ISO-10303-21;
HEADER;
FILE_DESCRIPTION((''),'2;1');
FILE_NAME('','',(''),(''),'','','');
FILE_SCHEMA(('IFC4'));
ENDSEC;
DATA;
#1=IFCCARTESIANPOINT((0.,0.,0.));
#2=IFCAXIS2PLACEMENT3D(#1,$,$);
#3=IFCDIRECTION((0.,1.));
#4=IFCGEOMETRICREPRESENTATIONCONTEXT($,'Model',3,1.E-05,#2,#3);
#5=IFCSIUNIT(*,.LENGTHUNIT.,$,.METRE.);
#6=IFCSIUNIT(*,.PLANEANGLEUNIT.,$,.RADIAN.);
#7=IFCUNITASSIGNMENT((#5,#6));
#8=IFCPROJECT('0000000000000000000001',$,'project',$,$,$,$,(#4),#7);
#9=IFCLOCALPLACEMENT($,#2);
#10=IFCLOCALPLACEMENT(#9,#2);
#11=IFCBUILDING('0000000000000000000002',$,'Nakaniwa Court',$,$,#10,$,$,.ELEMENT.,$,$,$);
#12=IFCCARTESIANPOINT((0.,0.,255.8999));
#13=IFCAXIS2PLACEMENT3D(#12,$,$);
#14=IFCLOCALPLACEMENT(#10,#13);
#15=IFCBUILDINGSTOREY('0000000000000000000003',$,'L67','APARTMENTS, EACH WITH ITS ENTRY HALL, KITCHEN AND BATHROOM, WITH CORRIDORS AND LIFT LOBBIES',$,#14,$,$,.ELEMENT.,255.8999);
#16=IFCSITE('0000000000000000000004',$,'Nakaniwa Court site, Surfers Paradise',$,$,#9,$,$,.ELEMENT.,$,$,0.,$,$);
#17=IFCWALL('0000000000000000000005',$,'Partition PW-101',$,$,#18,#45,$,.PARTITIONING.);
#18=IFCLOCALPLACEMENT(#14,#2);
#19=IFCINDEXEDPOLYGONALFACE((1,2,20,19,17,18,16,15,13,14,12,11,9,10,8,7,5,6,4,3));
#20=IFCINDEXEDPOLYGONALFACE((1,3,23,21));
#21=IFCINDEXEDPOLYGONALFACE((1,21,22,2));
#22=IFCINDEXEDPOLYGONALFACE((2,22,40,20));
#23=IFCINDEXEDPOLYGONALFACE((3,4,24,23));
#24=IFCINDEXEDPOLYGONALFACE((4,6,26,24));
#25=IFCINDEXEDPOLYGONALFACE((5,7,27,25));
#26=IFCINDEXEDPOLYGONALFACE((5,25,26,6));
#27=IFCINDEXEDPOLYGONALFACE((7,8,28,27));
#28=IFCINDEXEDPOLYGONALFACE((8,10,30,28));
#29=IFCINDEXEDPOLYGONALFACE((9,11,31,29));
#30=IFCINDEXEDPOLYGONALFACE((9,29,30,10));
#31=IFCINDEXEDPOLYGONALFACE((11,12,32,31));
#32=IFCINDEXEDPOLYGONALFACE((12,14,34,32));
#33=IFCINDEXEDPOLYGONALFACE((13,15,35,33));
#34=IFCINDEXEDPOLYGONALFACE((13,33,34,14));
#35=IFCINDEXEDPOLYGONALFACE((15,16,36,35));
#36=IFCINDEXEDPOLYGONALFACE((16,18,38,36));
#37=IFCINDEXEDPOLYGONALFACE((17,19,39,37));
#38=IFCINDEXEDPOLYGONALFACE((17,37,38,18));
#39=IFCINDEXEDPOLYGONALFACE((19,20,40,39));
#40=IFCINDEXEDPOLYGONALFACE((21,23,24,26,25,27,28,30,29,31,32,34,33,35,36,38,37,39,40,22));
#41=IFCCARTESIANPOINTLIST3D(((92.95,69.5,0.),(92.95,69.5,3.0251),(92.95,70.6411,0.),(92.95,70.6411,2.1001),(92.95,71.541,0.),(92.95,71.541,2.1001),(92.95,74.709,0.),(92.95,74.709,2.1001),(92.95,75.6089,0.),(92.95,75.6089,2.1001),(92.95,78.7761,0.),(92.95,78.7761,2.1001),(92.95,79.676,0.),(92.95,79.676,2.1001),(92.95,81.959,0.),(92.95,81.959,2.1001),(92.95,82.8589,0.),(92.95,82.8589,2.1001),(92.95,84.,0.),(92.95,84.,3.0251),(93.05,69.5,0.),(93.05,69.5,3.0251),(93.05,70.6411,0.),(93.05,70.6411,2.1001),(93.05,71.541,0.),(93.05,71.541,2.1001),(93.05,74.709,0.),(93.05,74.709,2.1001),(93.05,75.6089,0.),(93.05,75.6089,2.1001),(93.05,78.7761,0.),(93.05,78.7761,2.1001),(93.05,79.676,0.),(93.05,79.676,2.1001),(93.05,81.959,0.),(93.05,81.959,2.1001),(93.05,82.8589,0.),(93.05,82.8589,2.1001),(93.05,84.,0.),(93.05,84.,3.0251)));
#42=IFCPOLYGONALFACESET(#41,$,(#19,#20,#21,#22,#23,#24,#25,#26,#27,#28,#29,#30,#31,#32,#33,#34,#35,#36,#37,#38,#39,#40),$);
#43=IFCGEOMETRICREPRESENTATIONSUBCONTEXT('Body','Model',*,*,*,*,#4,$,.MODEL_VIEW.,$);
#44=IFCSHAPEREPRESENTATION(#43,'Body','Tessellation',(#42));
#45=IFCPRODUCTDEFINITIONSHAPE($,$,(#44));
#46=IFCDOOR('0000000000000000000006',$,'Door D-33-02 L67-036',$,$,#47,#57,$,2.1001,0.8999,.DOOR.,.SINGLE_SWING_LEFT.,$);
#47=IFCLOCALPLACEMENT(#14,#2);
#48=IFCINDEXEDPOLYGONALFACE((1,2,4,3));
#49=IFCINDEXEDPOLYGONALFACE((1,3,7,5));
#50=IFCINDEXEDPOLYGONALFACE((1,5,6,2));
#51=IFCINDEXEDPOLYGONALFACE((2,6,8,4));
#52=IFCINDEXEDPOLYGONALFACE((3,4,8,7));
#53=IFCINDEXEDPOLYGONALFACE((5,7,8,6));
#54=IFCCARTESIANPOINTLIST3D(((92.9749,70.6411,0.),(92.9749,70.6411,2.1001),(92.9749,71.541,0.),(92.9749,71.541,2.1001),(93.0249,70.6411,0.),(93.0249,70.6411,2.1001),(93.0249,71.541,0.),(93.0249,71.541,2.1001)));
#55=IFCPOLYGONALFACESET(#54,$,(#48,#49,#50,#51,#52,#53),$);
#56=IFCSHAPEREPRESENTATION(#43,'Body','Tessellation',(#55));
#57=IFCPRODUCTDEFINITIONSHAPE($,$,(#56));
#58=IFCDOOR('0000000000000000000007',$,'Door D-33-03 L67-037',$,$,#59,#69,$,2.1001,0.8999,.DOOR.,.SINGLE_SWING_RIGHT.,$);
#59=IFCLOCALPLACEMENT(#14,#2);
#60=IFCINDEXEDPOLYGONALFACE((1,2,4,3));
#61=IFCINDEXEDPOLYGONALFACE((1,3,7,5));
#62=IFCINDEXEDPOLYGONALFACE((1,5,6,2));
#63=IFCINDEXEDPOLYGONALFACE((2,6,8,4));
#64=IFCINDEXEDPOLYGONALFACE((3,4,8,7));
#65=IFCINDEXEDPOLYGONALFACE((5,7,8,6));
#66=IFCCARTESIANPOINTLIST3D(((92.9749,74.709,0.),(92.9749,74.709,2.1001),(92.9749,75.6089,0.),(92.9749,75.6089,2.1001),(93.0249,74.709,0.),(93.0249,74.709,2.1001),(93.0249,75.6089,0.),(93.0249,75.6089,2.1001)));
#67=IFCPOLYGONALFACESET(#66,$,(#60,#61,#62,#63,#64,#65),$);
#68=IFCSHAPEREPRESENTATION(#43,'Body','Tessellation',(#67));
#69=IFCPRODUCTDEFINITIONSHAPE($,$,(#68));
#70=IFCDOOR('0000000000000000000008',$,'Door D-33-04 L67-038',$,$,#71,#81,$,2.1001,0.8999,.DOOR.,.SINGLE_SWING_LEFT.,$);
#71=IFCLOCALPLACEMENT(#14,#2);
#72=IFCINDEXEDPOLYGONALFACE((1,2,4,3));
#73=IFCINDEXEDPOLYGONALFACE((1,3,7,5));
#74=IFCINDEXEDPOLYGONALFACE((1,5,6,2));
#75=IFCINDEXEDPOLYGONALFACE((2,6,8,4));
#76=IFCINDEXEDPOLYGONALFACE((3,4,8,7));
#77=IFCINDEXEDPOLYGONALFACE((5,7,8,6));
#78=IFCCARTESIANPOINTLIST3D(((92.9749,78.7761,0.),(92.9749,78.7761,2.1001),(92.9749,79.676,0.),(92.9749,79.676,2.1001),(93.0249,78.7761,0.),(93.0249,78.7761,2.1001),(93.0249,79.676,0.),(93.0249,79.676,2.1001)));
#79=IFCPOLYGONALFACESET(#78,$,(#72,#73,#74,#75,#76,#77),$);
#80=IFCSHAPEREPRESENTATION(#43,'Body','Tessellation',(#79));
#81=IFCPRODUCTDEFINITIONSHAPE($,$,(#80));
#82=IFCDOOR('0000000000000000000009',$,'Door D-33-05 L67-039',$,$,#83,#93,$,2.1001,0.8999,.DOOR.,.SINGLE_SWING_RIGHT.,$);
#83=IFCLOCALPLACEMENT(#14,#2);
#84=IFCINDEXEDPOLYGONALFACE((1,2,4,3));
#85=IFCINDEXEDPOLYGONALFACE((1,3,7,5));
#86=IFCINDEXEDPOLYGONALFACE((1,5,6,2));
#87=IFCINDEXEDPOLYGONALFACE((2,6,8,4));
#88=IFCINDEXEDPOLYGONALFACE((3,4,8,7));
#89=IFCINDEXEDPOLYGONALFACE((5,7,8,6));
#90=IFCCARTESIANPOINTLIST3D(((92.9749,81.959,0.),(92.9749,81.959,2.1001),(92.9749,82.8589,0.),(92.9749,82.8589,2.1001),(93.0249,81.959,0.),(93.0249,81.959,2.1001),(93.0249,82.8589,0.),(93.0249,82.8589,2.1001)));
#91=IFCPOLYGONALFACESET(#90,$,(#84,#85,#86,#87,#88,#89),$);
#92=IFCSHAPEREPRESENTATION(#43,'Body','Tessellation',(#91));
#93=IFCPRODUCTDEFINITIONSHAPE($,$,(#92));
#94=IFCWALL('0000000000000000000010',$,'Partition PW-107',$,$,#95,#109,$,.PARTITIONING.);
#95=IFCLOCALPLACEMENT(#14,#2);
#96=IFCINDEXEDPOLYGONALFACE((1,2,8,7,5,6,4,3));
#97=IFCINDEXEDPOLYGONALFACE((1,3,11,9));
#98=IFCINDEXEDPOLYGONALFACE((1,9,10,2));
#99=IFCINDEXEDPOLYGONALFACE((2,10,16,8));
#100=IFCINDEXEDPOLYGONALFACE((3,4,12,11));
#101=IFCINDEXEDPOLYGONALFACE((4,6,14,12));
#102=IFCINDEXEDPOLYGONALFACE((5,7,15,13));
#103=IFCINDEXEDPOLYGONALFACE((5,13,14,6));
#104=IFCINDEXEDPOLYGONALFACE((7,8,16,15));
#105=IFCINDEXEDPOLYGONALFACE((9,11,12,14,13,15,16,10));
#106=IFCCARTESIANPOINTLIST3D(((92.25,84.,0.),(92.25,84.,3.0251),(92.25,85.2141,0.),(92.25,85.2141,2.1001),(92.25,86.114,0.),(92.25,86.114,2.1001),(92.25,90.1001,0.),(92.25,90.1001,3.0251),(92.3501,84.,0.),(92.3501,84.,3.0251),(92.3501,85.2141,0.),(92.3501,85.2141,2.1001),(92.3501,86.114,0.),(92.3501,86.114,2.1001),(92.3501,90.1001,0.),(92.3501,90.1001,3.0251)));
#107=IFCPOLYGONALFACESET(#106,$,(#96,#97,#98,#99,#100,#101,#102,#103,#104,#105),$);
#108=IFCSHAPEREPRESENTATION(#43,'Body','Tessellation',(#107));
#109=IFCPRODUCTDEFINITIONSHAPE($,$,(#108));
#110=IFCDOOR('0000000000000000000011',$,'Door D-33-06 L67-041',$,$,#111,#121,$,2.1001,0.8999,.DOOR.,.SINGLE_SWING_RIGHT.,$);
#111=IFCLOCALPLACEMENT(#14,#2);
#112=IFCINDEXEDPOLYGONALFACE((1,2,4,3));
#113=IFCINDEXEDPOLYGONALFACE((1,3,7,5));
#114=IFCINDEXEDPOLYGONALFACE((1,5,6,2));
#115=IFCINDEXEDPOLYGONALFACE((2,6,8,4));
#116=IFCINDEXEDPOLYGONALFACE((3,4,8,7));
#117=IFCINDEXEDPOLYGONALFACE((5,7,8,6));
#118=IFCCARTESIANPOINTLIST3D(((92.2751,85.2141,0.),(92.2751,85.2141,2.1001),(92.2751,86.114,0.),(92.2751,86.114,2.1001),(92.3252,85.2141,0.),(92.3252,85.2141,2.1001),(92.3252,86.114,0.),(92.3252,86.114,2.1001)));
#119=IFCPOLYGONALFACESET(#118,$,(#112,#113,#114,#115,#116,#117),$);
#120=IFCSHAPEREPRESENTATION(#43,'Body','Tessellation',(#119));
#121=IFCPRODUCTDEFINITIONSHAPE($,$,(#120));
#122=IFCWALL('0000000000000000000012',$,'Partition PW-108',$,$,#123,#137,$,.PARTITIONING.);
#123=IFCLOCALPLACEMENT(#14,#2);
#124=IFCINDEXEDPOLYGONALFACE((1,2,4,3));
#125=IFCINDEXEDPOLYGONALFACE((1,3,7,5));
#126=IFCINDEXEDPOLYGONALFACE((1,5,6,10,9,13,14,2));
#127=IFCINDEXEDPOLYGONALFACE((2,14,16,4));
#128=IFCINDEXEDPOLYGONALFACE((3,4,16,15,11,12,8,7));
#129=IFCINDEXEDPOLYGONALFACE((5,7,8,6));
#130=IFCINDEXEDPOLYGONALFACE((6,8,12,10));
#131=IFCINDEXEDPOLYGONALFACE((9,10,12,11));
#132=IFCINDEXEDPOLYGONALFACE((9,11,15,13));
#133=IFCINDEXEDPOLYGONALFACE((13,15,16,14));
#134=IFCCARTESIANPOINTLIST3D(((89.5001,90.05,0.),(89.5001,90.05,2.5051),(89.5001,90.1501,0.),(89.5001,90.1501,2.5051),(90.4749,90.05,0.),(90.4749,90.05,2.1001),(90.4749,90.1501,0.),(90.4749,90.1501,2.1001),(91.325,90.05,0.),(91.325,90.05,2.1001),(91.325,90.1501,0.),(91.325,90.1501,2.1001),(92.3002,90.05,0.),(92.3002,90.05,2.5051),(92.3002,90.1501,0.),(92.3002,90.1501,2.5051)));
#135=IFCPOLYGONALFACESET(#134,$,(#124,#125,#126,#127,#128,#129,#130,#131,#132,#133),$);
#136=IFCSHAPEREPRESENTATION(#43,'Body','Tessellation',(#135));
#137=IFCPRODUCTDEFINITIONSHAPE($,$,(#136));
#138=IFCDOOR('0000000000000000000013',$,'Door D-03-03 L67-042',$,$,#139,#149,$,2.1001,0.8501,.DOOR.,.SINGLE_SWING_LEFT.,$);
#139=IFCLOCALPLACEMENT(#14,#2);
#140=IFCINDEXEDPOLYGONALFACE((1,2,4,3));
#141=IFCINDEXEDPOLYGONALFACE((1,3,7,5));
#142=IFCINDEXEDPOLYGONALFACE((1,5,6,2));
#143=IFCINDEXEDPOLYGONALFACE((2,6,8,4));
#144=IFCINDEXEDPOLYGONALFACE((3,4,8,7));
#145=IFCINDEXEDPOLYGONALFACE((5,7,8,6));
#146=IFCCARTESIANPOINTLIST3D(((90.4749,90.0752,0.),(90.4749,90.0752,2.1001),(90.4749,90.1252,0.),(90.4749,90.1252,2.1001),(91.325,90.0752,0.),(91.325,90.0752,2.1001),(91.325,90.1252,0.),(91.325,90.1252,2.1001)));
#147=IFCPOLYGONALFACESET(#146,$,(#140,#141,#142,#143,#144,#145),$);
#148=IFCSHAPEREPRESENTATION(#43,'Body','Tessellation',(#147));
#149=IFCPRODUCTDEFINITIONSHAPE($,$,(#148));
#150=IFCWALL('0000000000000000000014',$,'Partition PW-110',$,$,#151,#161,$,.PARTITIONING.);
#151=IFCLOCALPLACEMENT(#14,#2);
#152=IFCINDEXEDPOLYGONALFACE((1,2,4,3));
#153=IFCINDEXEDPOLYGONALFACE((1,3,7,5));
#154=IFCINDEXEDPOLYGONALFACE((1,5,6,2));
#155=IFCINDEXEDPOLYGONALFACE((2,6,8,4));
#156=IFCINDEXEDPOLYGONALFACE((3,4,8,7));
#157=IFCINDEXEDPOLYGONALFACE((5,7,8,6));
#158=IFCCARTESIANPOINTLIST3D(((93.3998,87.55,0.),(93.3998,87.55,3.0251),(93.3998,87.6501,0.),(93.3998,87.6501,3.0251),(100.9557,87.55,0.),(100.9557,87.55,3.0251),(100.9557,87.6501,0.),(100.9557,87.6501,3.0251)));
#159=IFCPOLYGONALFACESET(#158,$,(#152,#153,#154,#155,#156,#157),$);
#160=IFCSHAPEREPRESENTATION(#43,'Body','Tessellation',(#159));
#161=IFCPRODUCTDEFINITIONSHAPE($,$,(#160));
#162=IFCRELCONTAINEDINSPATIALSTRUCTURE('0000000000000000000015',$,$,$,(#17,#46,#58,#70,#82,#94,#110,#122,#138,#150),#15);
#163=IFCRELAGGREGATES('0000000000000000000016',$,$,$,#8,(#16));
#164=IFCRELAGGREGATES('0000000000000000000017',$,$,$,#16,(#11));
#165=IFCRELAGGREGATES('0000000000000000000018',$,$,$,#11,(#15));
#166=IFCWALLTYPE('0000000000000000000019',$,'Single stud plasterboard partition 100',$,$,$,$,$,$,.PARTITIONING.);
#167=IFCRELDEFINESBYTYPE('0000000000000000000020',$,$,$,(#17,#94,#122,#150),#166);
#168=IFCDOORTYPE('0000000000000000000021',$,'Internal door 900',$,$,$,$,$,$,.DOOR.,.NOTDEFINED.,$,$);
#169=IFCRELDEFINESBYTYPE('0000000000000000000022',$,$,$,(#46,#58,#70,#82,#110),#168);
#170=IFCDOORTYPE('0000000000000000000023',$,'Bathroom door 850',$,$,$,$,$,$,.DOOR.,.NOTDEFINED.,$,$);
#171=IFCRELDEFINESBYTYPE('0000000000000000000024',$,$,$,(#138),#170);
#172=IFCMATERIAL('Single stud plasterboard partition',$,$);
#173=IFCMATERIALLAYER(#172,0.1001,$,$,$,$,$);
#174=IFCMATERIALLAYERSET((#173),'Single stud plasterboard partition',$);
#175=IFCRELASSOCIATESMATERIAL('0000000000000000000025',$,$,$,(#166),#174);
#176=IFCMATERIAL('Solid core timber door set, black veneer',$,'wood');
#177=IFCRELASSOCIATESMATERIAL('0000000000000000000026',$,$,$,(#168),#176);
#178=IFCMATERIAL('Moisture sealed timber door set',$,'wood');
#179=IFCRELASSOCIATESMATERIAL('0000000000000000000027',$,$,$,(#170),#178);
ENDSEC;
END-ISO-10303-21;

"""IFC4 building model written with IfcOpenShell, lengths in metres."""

from ifc_helpers import new_model, si_unit, direction, frame, frame_2d, origin, place, context, subcontext, project, spatial, rectangle, extrude, material, layer, layer_set, type_object, element, fill, save


model = new_model("IFC4")

# Units and contexts
model_context = context("Model", 3, precision=1e-05, world=origin(), true_north=direction((0.0, 1.0)))
body_context = subcontext(model_context, "Body", "Model", "MODEL_VIEW")
ifc_project = project(units=[si_unit("LENGTHUNIT", "METRE"), si_unit("PLANEANGLEUNIT", "RADIAN")], contexts=[model_context])

# Site, building, storey
site_placement = place(None, origin())
site = spatial("IfcSite", under=ifc_project, at=site_placement, Name="Nakaniwa Court site, Surfers Paradise", CompositionType="ELEMENT", RefElevation=0.0)
building_placement = place(site_placement, origin())
building = spatial("IfcBuilding", under=site, at=building_placement, Name="Nakaniwa Court", CompositionType="ELEMENT")
storey_placement = place(building_placement, frame((0.0, 0.0, 255.8999)))
storey = spatial("IfcBuildingStorey", under=building, at=storey_placement, Name="L67", Description="APARTMENTS, EACH WITH ITS ENTRY HALL, KITCHEN AND BATHROOM, WITH CORRIDORS AND LIFT LOBBIES", CompositionType="ELEMENT", Elevation=255.8999)

# Wall, openings, doors
ifc_material_1 = material(Name="Single stud plasterboard partition")
ifc_layer_1 = layer(ifc_material_1, 0.1001)
ifc_layer_set_1 = layer_set([ifc_layer_1], Name="Single stud plasterboard partition")
wall_type_1 = type_object("IfcWallType", Name="Single stud plasterboard partition 100", PredefinedType="PARTITIONING", material=ifc_layer_set_1)
wall_1_placement = place(storey_placement, frame((93.0, 84.0, 0.0), z_axis=(0.0, 0.0, 1.0), x_axis=(0.0, -1.0, 0.0)))
wall_1 = element("IfcWall", 1, at=wall_1_placement, inside=storey, type_object=wall_type_1, Name="Partition PW-101", PredefinedType="PARTITIONING", context=body_context, shape_type="SweptSolid", body=[
    extrude(rectangle(XDim=14.5, YDim=0.1001, at=frame_2d((7.25, 0.0))), origin(), (0.0, 0.0, 1.0), 3.0251),
])
opening_1_placement = place(wall_1_placement, frame((12.459, 0.0, 0.0)))
opening_1 = element("IfcOpeningElement", 2, at=opening_1_placement, cuts=wall_1, PredefinedType="OPENING", context=body_context, shape_type="SweptSolid", body=[
    extrude(rectangle(XDim=0.8999, YDim=2.1001, at=frame_2d((0.45, 1.05))), frame((0.0, 0.0601, 0.0), z_axis=(0.0, -1.0, 0.0), x_axis=(1.0, 0.0, 0.0)), (0.0, 0.0, 1.0), 0.1201),
])
opening_2_placement = place(wall_1_placement, frame((8.3911, 0.0, 0.0)))
opening_2 = element("IfcOpeningElement", 3, at=opening_2_placement, cuts=wall_1, PredefinedType="OPENING", context=body_context, shape_type="SweptSolid", body=[
    extrude(rectangle(XDim=0.8999, YDim=2.1001, at=frame_2d((0.45, 1.05))), frame((0.0, 0.0601, 0.0), z_axis=(0.0, -1.0, 0.0), x_axis=(1.0, 0.0, 0.0)), (0.0, 0.0, 1.0), 0.1201),
])
opening_3_placement = place(wall_1_placement, frame((4.324, 0.0, 0.0)))
opening_3 = element("IfcOpeningElement", 4, at=opening_3_placement, cuts=wall_1, PredefinedType="OPENING", context=body_context, shape_type="SweptSolid", body=[
    extrude(rectangle(XDim=0.8999, YDim=2.1001, at=frame_2d((0.45, 1.05))), frame((0.0, 0.0601, 0.0), z_axis=(0.0, -1.0, 0.0), x_axis=(1.0, 0.0, 0.0)), (0.0, 0.0, 1.0), 0.1201),
])
opening_4_placement = place(wall_1_placement, frame((1.1411, 0.0, 0.0)))
opening_4 = element("IfcOpeningElement", 5, at=opening_4_placement, cuts=wall_1, PredefinedType="OPENING", context=body_context, shape_type="SweptSolid", body=[
    extrude(rectangle(XDim=0.8999, YDim=2.1001, at=frame_2d((0.45, 1.05))), frame((0.0, 0.0601, 0.0), z_axis=(0.0, -1.0, 0.0), x_axis=(1.0, 0.0, 0.0)), (0.0, 0.0, 1.0), 0.1201),
])
ifc_material_2 = material(Name="Solid core timber door set, black veneer", Category="wood")
door_type_1 = type_object("IfcDoorType", Name="Internal door 900", OperationType="NOTDEFINED", PredefinedType="DOOR", material=ifc_material_2)
door_1_placement = place(opening_1_placement, origin())
door_1 = element("IfcDoor", 6, at=door_1_placement, inside=storey, type_object=door_type_1, Name="Door D-33-02 L67-036", OperationType="SINGLE_SWING_LEFT", OverallHeight=2.1001, OverallWidth=0.8999, PredefinedType="DOOR", context=body_context, shape_type="SweptSolid", body=[
    extrude(rectangle(XDim=0.8999, YDim=2.1001, at=frame_2d((0.45, 1.05))), frame((0.0, 0.0249, 0.0), z_axis=(0.0, -1.0, 0.0), x_axis=(1.0, 0.0, 0.0)), (0.0, 0.0, 1.0), 0.05),
])
fill(opening_1, door_1)
door_2_placement = place(opening_2_placement, origin())
door_2 = element("IfcDoor", 7, at=door_2_placement, inside=storey, type_object=door_type_1, Name="Door D-33-03 L67-037", OperationType="SINGLE_SWING_RIGHT", OverallHeight=2.1001, OverallWidth=0.8999, PredefinedType="DOOR", context=body_context, shape_type="SweptSolid", body=[
    extrude(rectangle(XDim=0.8999, YDim=2.1001, at=frame_2d((0.45, 1.05))), frame((0.0, 0.0249, 0.0), z_axis=(0.0, -1.0, 0.0), x_axis=(1.0, 0.0, 0.0)), (0.0, 0.0, 1.0), 0.05),
])
fill(opening_2, door_2)
door_3_placement = place(opening_3_placement, origin())
door_3 = element("IfcDoor", 8, at=door_3_placement, inside=storey, type_object=door_type_1, Name="Door D-33-04 L67-038", OperationType="SINGLE_SWING_LEFT", OverallHeight=2.1001, OverallWidth=0.8999, PredefinedType="DOOR", context=body_context, shape_type="SweptSolid", body=[
    extrude(rectangle(XDim=0.8999, YDim=2.1001, at=frame_2d((0.45, 1.05))), frame((0.0, 0.0249, 0.0), z_axis=(0.0, -1.0, 0.0), x_axis=(1.0, 0.0, 0.0)), (0.0, 0.0, 1.0), 0.05),
])
fill(opening_3, door_3)
door_4_placement = place(opening_4_placement, origin())
door_4 = element("IfcDoor", 9, at=door_4_placement, inside=storey, type_object=door_type_1, Name="Door D-33-05 L67-039", OperationType="SINGLE_SWING_RIGHT", OverallHeight=2.1001, OverallWidth=0.8999, PredefinedType="DOOR", context=body_context, shape_type="SweptSolid", body=[
    extrude(rectangle(XDim=0.8999, YDim=2.1001, at=frame_2d((0.45, 1.05))), frame((0.0, 0.0249, 0.0), z_axis=(0.0, -1.0, 0.0), x_axis=(1.0, 0.0, 0.0)), (0.0, 0.0, 1.0), 0.05),
])
fill(opening_4, door_4)

# Walls, openings, doors
wall_2_placement = place(storey_placement, frame((92.3, 84.0, 0.0), z_axis=(0.0, 0.0, 1.0), x_axis=(0.0, 1.0, 0.0)))
wall_2 = element("IfcWall", 10, at=wall_2_placement, inside=storey, type_object=wall_type_1, Name="Partition PW-107", PredefinedType="PARTITIONING", context=body_context, shape_type="SweptSolid", body=[
    extrude(rectangle(XDim=6.1001, YDim=0.1001, at=frame_2d((3.05, 0.0))), origin(), (0.0, 0.0, 1.0), 3.0251),
])
opening_5_placement = place(wall_2_placement, frame((1.2141, 0.0, 0.0)))
opening_5 = element("IfcOpeningElement", 11, at=opening_5_placement, cuts=wall_2, PredefinedType="OPENING", context=body_context, shape_type="SweptSolid", body=[
    extrude(rectangle(XDim=0.8999, YDim=2.1001, at=frame_2d((0.45, 1.05))), frame((0.0, 0.0601, 0.0), z_axis=(0.0, -1.0, 0.0), x_axis=(1.0, 0.0, 0.0)), (0.0, 0.0, 1.0), 0.1201),
])
door_5_placement = place(opening_5_placement, origin())
door_5 = element("IfcDoor", 12, at=door_5_placement, inside=storey, type_object=door_type_1, Name="Door D-33-06 L67-041", OperationType="SINGLE_SWING_RIGHT", OverallHeight=2.1001, OverallWidth=0.8999, PredefinedType="DOOR", context=body_context, shape_type="SweptSolid", body=[
    extrude(rectangle(XDim=0.8999, YDim=2.1001, at=frame_2d((0.45, 1.05))), frame((0.0, 0.0249, 0.0), z_axis=(0.0, -1.0, 0.0), x_axis=(1.0, 0.0, 0.0)), (0.0, 0.0, 1.0), 0.05),
])
fill(opening_5, door_5)
wall_3_placement = place(storey_placement, frame((92.3, 90.1001, 0.0), z_axis=(0.0, 0.0, 1.0), x_axis=(-1.0, 0.0, 0.0)))
wall_3 = element("IfcWall", 13, at=wall_3_placement, inside=storey, type_object=wall_type_1, Name="Partition PW-108", PredefinedType="PARTITIONING", context=body_context, shape_type="SweptSolid", body=[
    extrude(rectangle(XDim=2.8, YDim=0.1001, at=frame_2d((1.3999, 0.0))), origin(), (0.0, 0.0, 1.0), 2.5051),
])
opening_6_placement = place(wall_3_placement, frame((0.9751, 0.0, 0.0)))
opening_6 = element("IfcOpeningElement", 14, at=opening_6_placement, cuts=wall_3, PredefinedType="OPENING", context=body_context, shape_type="SweptSolid", body=[
    extrude(rectangle(XDim=0.8501, YDim=2.1001, at=frame_2d((0.425, 1.05))), frame((0.0, 0.0601, 0.0), z_axis=(0.0, -1.0, 0.0), x_axis=(1.0, 0.0, 0.0)), (0.0, 0.0, 1.0), 0.1201),
])
ifc_material_3 = material(Name="Moisture sealed timber door set", Category="wood")
door_type_2 = type_object("IfcDoorType", Name="Bathroom door 850", OperationType="NOTDEFINED", PredefinedType="DOOR", material=ifc_material_3)
door_6_placement = place(opening_6_placement, origin())
door_6 = element("IfcDoor", 15, at=door_6_placement, inside=storey, type_object=door_type_2, Name="Door D-03-03 L67-042", OperationType="SINGLE_SWING_LEFT", OverallHeight=2.1001, OverallWidth=0.8501, PredefinedType="DOOR", context=body_context, shape_type="SweptSolid", body=[
    extrude(rectangle(XDim=0.8501, YDim=2.1001, at=frame_2d((0.425, 1.05))), frame((0.0, 0.0249, 0.0), z_axis=(0.0, -1.0, 0.0), x_axis=(1.0, 0.0, 0.0)), (0.0, 0.0, 1.0), 0.05),
])
fill(opening_6, door_6)

# Wall
wall_4_placement = place(storey_placement, frame((93.3999, 87.6001, 0.0), z_axis=(0.0, 0.0, 1.0), x_axis=(1.0, 0.0, 0.0)))
element("IfcWall", 16, at=wall_4_placement, inside=storey, type_object=wall_type_1, Name="Partition PW-110", PredefinedType="PARTITIONING", context=body_context, shape_type="SweptSolid", body=[
    extrude(rectangle(XDim=7.5559, YDim=0.1001, at=frame_2d((3.7778, 0.0))), origin(), (0.0, 0.0, 1.0), 3.0251),
])

save(model, "model.ifc")
